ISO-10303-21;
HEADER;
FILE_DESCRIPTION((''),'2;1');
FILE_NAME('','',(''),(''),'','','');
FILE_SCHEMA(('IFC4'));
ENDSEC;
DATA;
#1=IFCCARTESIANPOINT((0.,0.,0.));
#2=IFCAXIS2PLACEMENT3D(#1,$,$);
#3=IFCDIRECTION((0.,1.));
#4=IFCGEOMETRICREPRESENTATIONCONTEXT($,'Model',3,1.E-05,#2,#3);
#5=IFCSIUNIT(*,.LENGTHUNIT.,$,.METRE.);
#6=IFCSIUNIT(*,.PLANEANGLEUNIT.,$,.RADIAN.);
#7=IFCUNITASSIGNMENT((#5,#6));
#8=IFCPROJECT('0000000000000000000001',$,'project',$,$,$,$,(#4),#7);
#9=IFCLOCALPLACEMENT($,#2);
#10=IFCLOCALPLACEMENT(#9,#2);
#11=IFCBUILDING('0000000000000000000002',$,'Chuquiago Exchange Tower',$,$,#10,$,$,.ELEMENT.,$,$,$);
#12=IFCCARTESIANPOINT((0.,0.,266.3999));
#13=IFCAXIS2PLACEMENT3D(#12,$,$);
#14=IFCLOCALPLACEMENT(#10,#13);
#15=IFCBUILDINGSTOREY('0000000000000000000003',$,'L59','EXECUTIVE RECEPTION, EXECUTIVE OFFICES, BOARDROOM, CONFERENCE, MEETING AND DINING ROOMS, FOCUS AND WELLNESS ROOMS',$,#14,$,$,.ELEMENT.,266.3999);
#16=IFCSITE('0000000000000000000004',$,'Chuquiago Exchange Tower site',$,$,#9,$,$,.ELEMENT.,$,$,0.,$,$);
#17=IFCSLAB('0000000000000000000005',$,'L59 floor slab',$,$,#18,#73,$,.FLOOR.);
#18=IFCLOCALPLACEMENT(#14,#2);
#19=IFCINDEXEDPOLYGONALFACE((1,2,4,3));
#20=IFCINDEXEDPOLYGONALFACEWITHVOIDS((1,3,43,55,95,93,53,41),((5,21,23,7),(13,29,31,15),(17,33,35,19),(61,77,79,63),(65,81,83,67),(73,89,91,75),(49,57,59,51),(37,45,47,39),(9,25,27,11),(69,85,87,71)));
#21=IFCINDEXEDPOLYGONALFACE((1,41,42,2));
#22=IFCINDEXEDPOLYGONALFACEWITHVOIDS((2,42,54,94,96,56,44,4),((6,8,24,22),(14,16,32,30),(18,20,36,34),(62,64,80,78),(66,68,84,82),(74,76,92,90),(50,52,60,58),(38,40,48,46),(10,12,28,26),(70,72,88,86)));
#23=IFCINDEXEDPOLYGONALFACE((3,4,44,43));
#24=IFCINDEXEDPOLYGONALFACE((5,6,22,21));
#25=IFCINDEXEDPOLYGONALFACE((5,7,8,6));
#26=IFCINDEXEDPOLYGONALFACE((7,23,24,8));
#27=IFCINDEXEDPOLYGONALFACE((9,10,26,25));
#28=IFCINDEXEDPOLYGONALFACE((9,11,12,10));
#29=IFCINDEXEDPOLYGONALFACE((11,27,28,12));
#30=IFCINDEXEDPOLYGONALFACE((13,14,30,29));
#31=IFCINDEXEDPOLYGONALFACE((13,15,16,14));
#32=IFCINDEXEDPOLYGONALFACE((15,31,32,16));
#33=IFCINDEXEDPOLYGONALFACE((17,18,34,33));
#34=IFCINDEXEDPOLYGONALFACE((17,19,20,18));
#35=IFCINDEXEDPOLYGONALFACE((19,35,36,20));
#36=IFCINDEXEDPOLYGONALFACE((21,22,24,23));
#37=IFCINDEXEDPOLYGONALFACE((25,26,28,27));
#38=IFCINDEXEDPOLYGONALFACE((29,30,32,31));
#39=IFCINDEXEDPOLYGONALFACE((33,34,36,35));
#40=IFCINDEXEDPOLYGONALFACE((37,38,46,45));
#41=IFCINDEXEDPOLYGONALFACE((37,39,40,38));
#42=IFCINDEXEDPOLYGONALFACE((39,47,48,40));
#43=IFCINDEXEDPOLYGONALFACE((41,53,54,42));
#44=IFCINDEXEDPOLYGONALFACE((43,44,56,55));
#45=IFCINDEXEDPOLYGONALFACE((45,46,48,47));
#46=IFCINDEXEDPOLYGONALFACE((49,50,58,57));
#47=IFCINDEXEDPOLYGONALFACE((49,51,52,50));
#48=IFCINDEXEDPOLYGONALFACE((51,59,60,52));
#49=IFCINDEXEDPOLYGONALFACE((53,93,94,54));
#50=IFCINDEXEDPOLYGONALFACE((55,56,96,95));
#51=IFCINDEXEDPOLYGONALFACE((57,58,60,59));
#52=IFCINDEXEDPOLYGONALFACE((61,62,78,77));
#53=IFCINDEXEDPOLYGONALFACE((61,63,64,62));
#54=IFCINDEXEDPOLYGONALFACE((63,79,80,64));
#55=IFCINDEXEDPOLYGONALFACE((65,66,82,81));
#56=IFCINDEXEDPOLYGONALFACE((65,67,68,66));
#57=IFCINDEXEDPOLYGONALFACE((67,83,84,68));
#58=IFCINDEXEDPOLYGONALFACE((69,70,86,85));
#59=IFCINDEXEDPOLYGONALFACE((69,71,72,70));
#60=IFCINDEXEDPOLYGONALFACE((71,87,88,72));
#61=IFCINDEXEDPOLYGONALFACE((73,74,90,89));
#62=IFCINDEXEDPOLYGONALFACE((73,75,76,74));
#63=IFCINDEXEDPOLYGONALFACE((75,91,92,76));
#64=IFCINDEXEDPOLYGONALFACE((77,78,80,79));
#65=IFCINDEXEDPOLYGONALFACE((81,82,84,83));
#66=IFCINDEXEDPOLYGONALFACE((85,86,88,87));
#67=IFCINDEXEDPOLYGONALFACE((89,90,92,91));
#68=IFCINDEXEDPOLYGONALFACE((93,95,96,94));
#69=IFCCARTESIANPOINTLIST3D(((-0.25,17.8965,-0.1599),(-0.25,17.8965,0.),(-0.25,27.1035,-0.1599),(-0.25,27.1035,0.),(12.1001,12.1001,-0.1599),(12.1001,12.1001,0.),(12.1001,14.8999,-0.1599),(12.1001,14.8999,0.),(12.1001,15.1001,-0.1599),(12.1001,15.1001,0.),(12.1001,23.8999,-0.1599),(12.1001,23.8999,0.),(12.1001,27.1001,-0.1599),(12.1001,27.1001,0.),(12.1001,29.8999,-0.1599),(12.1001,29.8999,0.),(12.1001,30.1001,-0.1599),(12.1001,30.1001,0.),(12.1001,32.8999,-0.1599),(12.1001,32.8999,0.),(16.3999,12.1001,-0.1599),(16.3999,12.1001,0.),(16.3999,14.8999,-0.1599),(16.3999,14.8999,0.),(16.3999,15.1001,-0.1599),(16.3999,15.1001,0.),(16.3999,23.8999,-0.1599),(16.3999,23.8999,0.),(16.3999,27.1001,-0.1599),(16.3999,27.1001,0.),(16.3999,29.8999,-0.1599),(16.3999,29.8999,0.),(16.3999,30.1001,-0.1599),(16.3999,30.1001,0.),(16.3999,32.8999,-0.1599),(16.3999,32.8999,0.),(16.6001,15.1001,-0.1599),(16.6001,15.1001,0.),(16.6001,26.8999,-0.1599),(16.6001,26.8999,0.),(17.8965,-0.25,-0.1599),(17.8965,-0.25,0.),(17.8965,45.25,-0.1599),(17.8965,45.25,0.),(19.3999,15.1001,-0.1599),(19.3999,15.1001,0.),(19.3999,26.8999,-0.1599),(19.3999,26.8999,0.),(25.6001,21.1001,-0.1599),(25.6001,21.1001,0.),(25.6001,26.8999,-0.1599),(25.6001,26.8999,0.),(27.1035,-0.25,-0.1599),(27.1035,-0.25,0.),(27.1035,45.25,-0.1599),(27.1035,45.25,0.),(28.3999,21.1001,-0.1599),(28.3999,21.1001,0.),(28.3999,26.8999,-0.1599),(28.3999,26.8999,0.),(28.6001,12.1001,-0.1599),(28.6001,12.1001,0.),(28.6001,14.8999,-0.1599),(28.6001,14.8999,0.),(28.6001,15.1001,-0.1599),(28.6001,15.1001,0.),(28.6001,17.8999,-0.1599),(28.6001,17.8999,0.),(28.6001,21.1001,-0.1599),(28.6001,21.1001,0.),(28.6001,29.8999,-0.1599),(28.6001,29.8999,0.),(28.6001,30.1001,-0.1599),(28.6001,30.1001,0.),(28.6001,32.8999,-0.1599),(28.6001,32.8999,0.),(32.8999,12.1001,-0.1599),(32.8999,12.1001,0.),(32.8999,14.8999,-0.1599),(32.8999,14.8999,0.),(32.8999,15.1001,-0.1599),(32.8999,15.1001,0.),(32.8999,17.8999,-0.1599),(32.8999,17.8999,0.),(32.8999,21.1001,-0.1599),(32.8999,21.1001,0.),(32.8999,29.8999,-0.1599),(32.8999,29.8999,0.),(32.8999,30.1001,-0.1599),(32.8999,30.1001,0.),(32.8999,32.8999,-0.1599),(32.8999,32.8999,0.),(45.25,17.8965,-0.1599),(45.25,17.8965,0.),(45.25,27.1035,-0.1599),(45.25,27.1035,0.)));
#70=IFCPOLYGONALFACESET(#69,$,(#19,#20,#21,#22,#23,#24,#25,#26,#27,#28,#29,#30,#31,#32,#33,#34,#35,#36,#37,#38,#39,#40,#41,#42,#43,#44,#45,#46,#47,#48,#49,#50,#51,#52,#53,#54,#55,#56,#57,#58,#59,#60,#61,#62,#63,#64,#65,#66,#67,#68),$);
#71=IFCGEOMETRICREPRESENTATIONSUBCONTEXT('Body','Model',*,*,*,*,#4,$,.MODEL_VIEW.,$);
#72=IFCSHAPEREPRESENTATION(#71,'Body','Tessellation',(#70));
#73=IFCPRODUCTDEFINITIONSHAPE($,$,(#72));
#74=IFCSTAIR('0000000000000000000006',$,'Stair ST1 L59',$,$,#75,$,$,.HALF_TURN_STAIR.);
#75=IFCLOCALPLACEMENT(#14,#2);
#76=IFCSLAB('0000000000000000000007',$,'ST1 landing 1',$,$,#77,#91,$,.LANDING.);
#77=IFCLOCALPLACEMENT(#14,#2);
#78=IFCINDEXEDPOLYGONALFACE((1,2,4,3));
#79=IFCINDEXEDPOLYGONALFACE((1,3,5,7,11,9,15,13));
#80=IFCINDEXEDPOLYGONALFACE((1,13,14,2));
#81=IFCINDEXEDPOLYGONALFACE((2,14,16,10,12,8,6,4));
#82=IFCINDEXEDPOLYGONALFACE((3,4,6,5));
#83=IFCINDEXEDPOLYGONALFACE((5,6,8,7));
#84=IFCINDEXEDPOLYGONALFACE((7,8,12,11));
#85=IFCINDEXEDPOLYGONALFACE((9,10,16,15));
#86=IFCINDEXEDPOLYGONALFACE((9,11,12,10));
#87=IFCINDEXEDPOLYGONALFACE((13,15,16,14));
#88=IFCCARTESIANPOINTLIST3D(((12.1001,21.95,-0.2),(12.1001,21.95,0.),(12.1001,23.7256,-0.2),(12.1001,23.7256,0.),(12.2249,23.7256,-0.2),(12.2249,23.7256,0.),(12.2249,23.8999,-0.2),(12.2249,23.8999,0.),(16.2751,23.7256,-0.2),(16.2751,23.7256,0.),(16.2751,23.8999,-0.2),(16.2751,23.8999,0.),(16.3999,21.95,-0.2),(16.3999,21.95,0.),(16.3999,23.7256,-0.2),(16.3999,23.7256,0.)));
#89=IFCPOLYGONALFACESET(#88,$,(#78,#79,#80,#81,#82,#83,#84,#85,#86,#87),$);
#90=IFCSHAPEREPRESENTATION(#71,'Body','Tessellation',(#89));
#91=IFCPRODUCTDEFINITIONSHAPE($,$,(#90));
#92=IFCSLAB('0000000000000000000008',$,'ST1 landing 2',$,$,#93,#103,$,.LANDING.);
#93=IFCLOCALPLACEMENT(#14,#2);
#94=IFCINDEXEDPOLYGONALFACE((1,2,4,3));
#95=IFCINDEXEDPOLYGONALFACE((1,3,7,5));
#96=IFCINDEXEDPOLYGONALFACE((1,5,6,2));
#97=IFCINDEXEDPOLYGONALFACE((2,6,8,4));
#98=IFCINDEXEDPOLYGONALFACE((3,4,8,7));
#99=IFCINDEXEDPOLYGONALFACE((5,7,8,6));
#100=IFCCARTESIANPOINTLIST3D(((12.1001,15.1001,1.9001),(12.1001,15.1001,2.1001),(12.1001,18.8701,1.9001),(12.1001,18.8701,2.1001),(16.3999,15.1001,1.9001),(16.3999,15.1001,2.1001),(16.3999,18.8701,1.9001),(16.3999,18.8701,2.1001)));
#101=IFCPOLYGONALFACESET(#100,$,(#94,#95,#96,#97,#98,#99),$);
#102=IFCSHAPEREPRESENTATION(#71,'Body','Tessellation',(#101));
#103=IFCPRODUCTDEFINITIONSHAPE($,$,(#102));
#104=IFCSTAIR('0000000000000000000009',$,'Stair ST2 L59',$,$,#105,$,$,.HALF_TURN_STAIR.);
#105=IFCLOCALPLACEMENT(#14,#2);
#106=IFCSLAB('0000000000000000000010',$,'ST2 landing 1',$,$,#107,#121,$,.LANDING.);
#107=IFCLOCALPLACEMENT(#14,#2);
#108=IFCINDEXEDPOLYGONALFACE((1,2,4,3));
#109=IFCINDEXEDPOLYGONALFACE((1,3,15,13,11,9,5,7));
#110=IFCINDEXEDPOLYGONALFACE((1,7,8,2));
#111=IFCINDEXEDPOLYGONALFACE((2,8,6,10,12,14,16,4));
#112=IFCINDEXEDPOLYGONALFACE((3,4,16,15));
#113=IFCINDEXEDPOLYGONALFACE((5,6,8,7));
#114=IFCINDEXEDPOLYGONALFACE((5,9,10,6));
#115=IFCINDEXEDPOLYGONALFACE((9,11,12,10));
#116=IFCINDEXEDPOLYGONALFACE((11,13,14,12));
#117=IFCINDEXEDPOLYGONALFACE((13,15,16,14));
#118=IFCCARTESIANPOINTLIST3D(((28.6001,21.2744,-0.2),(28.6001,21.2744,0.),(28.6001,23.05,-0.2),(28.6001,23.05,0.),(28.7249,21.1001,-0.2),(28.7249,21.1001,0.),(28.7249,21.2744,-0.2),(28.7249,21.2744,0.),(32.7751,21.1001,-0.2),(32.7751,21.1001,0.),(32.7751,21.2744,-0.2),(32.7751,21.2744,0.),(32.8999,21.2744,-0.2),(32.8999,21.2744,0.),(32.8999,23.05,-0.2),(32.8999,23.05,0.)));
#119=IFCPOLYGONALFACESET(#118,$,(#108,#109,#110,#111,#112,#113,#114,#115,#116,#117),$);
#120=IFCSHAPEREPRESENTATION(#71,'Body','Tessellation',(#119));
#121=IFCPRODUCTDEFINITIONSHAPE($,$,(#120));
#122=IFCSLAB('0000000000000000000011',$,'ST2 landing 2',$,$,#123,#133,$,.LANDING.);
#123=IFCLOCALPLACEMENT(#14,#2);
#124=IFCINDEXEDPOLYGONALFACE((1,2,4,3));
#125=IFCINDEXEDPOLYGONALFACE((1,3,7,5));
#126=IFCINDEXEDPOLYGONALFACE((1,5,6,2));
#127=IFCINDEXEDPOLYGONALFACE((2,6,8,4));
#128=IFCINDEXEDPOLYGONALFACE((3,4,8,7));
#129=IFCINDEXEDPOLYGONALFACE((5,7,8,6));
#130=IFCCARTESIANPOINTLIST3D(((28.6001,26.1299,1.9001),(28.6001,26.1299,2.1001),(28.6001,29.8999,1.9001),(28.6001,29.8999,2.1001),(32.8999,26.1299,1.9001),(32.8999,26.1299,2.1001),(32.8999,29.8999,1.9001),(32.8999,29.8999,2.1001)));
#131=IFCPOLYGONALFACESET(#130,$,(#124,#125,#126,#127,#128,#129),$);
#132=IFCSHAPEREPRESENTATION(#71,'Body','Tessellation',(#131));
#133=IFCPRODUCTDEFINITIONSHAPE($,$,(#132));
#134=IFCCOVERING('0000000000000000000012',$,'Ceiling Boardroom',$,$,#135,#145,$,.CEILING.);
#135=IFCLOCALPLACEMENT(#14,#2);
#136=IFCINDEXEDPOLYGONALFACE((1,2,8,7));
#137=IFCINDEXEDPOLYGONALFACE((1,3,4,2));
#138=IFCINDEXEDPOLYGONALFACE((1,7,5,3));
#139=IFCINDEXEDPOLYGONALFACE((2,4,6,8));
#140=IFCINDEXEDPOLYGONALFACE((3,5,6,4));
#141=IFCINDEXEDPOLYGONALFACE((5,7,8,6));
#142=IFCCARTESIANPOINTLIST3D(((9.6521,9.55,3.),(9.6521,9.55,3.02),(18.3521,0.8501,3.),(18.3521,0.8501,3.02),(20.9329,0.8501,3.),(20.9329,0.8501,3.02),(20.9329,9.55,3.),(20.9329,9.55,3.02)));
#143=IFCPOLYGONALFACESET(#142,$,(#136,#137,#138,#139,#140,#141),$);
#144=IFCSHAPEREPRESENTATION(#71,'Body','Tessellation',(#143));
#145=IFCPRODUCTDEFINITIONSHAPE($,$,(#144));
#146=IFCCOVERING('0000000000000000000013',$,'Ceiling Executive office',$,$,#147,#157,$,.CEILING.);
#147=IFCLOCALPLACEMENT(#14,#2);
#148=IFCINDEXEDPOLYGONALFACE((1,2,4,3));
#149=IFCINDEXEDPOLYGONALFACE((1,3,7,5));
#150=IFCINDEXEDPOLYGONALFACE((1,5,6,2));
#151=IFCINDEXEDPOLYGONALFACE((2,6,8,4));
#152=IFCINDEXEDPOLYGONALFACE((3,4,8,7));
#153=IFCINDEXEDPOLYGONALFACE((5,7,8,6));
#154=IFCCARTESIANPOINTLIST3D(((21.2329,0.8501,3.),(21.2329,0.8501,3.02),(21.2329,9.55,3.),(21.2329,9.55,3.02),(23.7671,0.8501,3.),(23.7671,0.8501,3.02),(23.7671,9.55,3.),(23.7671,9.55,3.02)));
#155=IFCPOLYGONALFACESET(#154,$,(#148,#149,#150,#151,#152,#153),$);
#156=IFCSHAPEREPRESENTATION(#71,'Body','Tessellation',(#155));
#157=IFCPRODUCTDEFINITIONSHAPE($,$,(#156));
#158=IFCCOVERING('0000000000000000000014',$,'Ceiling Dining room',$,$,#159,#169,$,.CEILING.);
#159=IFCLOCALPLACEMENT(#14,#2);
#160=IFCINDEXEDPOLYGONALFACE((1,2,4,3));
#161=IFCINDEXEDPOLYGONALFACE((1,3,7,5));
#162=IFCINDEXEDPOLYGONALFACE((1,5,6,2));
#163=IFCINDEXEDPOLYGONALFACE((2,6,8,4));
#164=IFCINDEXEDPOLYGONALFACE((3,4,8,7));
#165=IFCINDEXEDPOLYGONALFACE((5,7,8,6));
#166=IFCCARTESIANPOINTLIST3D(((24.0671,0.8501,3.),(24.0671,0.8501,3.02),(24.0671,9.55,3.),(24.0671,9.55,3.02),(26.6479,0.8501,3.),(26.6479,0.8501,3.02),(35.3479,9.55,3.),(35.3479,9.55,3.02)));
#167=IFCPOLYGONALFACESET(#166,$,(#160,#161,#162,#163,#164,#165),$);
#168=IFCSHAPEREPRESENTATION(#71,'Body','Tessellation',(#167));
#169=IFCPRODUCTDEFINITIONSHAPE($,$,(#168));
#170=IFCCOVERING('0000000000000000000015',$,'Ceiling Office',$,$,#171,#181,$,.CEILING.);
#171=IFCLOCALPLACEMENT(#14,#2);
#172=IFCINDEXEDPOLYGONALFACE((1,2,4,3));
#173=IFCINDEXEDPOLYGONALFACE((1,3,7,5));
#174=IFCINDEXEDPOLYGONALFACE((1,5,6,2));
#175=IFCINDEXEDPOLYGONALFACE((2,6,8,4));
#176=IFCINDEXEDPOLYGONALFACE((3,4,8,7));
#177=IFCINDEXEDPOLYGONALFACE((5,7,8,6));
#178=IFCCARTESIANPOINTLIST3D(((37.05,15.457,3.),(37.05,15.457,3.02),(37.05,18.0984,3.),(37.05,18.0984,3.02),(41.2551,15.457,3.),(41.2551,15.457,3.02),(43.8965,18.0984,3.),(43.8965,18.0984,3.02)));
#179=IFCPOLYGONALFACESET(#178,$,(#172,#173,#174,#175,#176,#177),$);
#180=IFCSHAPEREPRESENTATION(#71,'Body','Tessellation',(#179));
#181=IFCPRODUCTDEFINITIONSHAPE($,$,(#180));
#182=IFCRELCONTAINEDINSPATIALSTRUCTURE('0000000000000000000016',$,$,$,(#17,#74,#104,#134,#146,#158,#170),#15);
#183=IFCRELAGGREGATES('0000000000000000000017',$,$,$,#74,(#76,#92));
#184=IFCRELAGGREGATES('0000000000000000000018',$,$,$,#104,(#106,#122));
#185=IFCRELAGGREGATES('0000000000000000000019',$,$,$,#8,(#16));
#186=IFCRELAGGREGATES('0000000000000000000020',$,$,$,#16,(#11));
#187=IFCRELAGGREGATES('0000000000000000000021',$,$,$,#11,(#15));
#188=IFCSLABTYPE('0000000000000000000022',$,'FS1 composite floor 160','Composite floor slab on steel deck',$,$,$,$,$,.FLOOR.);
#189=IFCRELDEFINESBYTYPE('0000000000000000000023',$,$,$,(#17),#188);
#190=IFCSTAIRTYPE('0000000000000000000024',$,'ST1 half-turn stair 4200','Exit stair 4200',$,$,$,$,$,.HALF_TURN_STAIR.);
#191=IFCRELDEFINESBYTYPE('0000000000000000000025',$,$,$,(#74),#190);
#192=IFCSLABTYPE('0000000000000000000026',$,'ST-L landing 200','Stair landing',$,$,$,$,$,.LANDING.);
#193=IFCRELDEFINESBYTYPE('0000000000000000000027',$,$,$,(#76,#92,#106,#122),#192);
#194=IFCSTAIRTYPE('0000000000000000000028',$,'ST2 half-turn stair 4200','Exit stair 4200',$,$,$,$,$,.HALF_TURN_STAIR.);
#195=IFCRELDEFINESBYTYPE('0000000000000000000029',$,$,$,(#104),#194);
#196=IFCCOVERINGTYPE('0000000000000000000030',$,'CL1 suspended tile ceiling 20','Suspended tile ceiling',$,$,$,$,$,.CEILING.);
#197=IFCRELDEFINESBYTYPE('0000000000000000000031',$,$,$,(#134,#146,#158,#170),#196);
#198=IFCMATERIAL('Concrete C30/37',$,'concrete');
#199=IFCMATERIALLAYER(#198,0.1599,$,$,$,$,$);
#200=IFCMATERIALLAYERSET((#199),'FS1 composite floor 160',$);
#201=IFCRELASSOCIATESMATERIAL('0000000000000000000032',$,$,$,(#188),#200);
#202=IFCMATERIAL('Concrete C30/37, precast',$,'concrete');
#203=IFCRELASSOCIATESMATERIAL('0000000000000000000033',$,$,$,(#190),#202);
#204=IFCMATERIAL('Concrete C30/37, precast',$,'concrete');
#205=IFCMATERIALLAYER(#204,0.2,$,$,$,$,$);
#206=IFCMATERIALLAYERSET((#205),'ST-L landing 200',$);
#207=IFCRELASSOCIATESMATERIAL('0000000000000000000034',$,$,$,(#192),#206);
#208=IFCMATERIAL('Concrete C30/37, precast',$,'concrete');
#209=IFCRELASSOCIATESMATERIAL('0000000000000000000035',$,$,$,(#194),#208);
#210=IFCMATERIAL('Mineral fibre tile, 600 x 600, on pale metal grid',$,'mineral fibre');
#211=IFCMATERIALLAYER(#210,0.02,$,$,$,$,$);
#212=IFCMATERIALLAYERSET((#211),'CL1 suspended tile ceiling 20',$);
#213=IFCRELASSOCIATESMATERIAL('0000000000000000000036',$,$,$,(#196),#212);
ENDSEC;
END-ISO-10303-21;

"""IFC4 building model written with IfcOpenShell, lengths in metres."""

from ifc_helpers import new_model, si_unit, direction, frame, origin, place, context, subcontext, project, spatial, polyline, outline, extrude, material, layer, layer_set, type_object, element, aggregate, save


model = new_model("IFC4")

# Units and contexts
model_context = context("Model", 3, precision=1e-05, world=origin(), true_north=direction((0.0, 1.0)))
body_context = subcontext(model_context, "Body", "Model", "MODEL_VIEW")
ifc_project = project(units=[si_unit("LENGTHUNIT", "METRE"), si_unit("PLANEANGLEUNIT", "RADIAN")], contexts=[model_context])

# Site, building, storey
site_placement = place(None, origin())
site = spatial("IfcSite", under=ifc_project, at=site_placement, Name="Chuquiago Exchange Tower site", CompositionType="ELEMENT", RefElevation=0.0)
building_placement = place(site_placement, origin())
building = spatial("IfcBuilding", under=site, at=building_placement, Name="Chuquiago Exchange Tower", CompositionType="ELEMENT")
storey_placement = place(building_placement, frame((0.0, 0.0, 266.3999)))
storey = spatial("IfcBuildingStorey", under=building, at=storey_placement, Name="L59", Description="EXECUTIVE RECEPTION, EXECUTIVE OFFICES, BOARDROOM, CONFERENCE, MEETING AND DINING ROOMS, FOCUS AND WELLNESS ROOMS", CompositionType="ELEMENT", Elevation=266.3999)

# Slab
ifc_material_1 = material(Name="Concrete C30/37", Category="concrete")
ifc_layer_1 = layer(ifc_material_1, 0.1599)
ifc_layer_set_1 = layer_set([ifc_layer_1], Name="FS1 composite floor 160")
slab_type_1 = type_object("IfcSlabType", Name="FS1 composite floor 160", Description="Composite floor slab on steel deck", PredefinedType="FLOOR", material=ifc_layer_set_1)
slab_1_placement = place(storey_placement, frame((0.0, 0.0, -0.1599)))
element("IfcSlab", 1, at=slab_1_placement, inside=storey, type_object=slab_type_1, Name="L59 floor slab", PredefinedType="FLOOR", context=body_context, shape_type="SweptSolid", body=[
    extrude(outline(polyline([(17.8965, -0.25), (-0.25, 17.8965), (-0.25, 27.1035), (17.8965, 45.25), (27.1035, 45.25), (45.25, 27.1035), (45.25, 17.8965), (27.1035, -0.25), (17.8965, -0.25)]), holes=[polyline([(16.3999, 15.1001), (12.1001, 15.1001), (12.1001, 23.8999), (16.3999, 23.8999), (16.3999, 15.1001)]), polyline([(32.8999, 21.1001), (28.6001, 21.1001), (28.6001, 29.8999), (32.8999, 29.8999), (32.8999, 21.1001)]), polyline([(16.3999, 12.1001), (12.1001, 12.1001), (12.1001, 14.8999), (16.3999, 14.8999), (16.3999, 12.1001)]), polyline([(16.3999, 30.1001), (12.1001, 30.1001), (12.1001, 32.8999), (16.3999, 32.8999), (16.3999, 30.1001)]), polyline([(32.8999, 12.1001), (28.6001, 12.1001), (28.6001, 14.8999), (32.8999, 14.8999), (32.8999, 12.1001)]), polyline([(32.8999, 30.1001), (28.6001, 30.1001), (28.6001, 32.8999), (32.8999, 32.8999), (32.8999, 30.1001)]), polyline([(16.3999, 27.1001), (12.1001, 27.1001), (12.1001, 29.8999), (16.3999, 29.8999), (16.3999, 27.1001)]), polyline([(32.8999, 15.1001), (28.6001, 15.1001), (28.6001, 17.8999), (32.8999, 17.8999), (32.8999, 15.1001)]), polyline([(19.3999, 15.1001), (16.6001, 15.1001), (16.6001, 26.8999), (19.3999, 26.8999), (19.3999, 15.1001)]), polyline([(28.3999, 21.1001), (25.6001, 21.1001), (25.6001, 26.8999), (28.3999, 26.8999), (28.3999, 21.1001)])]), origin(), (0.0, 0.0, 1.0), 0.1599),
])

# Stairs, slabs
ifc_material_2 = material(Name="Concrete C30/37, precast", Category="concrete")
stair_type_1 = type_object("IfcStairType", Name="ST1 half-turn stair 4200", Description="Exit stair 4200", PredefinedType="HALF_TURN_STAIR", material=ifc_material_2)
stair_1_placement = place(storey_placement, origin())
stair_1 = element("IfcStair", 2, at=stair_1_placement, inside=storey, type_object=stair_type_1, Name="Stair ST1 L59", PredefinedType="HALF_TURN_STAIR")
ifc_material_3 = material(Name="Concrete C30/37, precast", Category="concrete")
ifc_layer_2 = layer(ifc_material_3, 0.2)
ifc_layer_set_2 = layer_set([ifc_layer_2], Name="ST-L landing 200")
slab_type_2 = type_object("IfcSlabType", Name="ST-L landing 200", Description="Stair landing", PredefinedType="LANDING", material=ifc_layer_set_2)
slab_2_placement = place(storey_placement, frame((0.0, 0.0, -0.2)))
slab_2 = element("IfcSlab", 3, at=slab_2_placement, type_object=slab_type_2, Name="ST1 landing 1", PredefinedType="LANDING", context=body_context, shape_type="SweptSolid", body=[
    extrude(outline(polyline([(12.2249, 23.8999), (16.2751, 23.8999), (16.2751, 23.7256), (16.3999, 23.7256), (16.3999, 21.95), (12.1001, 21.95), (12.1001, 23.7256), (12.2249, 23.7256), (12.2249, 23.8999)])), origin(), (0.0, 0.0, 1.0), 0.2),
])
slab_3_placement = place(storey_placement, frame((0.0, 0.0, 1.9001)))
slab_3 = element("IfcSlab", 4, at=slab_3_placement, type_object=slab_type_2, Name="ST1 landing 2", PredefinedType="LANDING", context=body_context, shape_type="SweptSolid", body=[
    extrude(outline(polyline([(12.1001, 18.8701), (16.3999, 18.8701), (16.3999, 15.1001), (12.1001, 15.1001), (12.1001, 18.8701)])), origin(), (0.0, 0.0, 1.0), 0.2),
])
aggregate(stair_1, [slab_2, slab_3])
ifc_material_4 = material(Name="Concrete C30/37, precast", Category="concrete")
stair_type_2 = type_object("IfcStairType", Name="ST2 half-turn stair 4200", Description="Exit stair 4200", PredefinedType="HALF_TURN_STAIR", material=ifc_material_4)
stair_2_placement = place(storey_placement, origin())
stair_2 = element("IfcStair", 5, at=stair_2_placement, inside=storey, type_object=stair_type_2, Name="Stair ST2 L59", PredefinedType="HALF_TURN_STAIR")
slab_4_placement = place(storey_placement, frame((0.0, 0.0, -0.2)))
slab_4 = element("IfcSlab", 6, at=slab_4_placement, type_object=slab_type_2, Name="ST2 landing 1", PredefinedType="LANDING", context=body_context, shape_type="SweptSolid", body=[
    extrude(outline(polyline([(32.7751, 21.2744), (32.7751, 21.1001), (28.7249, 21.1001), (28.7249, 21.2744), (28.6001, 21.2744), (28.6001, 23.05), (32.8999, 23.05), (32.8999, 21.2744), (32.7751, 21.2744)])), origin(), (0.0, 0.0, 1.0), 0.2),
])
slab_5_placement = place(storey_placement, frame((0.0, 0.0, 1.9001)))
slab_5 = element("IfcSlab", 7, at=slab_5_placement, type_object=slab_type_2, Name="ST2 landing 2", PredefinedType="LANDING", context=body_context, shape_type="SweptSolid", body=[
    extrude(outline(polyline([(28.6001, 29.8999), (32.8999, 29.8999), (32.8999, 26.1299), (28.6001, 26.1299), (28.6001, 29.8999)])), origin(), (0.0, 0.0, 1.0), 0.2),
])
aggregate(stair_2, [slab_4, slab_5])

# Coverings
ifc_material_5 = material(Name="Mineral fibre tile, 600 x 600, on pale metal grid", Category="mineral fibre")
ifc_layer_3 = layer(ifc_material_5, 0.02)
ifc_layer_set_3 = layer_set([ifc_layer_3], Name="CL1 suspended tile ceiling 20")
covering_type_1 = type_object("IfcCoveringType", Name="CL1 suspended tile ceiling 20", Description="Suspended tile ceiling", PredefinedType="CEILING", material=ifc_layer_set_3)
covering_1_placement = place(storey_placement, frame((0.0, 0.0, 3.0)))
element("IfcCovering", 8, at=covering_1_placement, inside=storey, type_object=covering_type_1, Name="Ceiling Boardroom", PredefinedType="CEILING", context=body_context, shape_type="SweptSolid", body=[
    extrude(outline(polyline([(20.9329, 9.55), (20.9329, 0.8501), (18.3521, 0.8501), (9.6521, 9.55), (20.9329, 9.55)])), origin(), (0.0, 0.0, 1.0), 0.02),
])
covering_2_placement = place(storey_placement, frame((0.0, 0.0, 3.0)))
element("IfcCovering", 9, at=covering_2_placement, inside=storey, type_object=covering_type_1, Name="Ceiling Executive office", PredefinedType="CEILING", context=body_context, shape_type="SweptSolid", body=[
    extrude(outline(polyline([(21.2329, 9.55), (23.7671, 9.55), (23.7671, 0.8501), (21.2329, 0.8501), (21.2329, 9.55)])), origin(), (0.0, 0.0, 1.0), 0.02),
])
covering_3_placement = place(storey_placement, frame((0.0, 0.0, 3.0)))
element("IfcCovering", 10, at=covering_3_placement, inside=storey, type_object=covering_type_1, Name="Ceiling Dining room", PredefinedType="CEILING", context=body_context, shape_type="SweptSolid", body=[
    extrude(outline(polyline([(24.0671, 0.8501), (24.0671, 9.55), (35.3479, 9.55), (26.6479, 0.8501), (24.0671, 0.8501)])), origin(), (0.0, 0.0, 1.0), 0.02),
])
covering_4_placement = place(storey_placement, frame((0.0, 0.0, 3.0)))
element("IfcCovering", 11, at=covering_4_placement, inside=storey, type_object=covering_type_1, Name="Ceiling Office", PredefinedType="CEILING", context=body_context, shape_type="SweptSolid", body=[
    extrude(outline(polyline([(37.05, 15.457), (37.05, 18.0984), (43.8965, 18.0984), (41.2551, 15.457), (37.05, 15.457)])), origin(), (0.0, 0.0, 1.0), 0.02),
])

save(model, "model.ifc")
